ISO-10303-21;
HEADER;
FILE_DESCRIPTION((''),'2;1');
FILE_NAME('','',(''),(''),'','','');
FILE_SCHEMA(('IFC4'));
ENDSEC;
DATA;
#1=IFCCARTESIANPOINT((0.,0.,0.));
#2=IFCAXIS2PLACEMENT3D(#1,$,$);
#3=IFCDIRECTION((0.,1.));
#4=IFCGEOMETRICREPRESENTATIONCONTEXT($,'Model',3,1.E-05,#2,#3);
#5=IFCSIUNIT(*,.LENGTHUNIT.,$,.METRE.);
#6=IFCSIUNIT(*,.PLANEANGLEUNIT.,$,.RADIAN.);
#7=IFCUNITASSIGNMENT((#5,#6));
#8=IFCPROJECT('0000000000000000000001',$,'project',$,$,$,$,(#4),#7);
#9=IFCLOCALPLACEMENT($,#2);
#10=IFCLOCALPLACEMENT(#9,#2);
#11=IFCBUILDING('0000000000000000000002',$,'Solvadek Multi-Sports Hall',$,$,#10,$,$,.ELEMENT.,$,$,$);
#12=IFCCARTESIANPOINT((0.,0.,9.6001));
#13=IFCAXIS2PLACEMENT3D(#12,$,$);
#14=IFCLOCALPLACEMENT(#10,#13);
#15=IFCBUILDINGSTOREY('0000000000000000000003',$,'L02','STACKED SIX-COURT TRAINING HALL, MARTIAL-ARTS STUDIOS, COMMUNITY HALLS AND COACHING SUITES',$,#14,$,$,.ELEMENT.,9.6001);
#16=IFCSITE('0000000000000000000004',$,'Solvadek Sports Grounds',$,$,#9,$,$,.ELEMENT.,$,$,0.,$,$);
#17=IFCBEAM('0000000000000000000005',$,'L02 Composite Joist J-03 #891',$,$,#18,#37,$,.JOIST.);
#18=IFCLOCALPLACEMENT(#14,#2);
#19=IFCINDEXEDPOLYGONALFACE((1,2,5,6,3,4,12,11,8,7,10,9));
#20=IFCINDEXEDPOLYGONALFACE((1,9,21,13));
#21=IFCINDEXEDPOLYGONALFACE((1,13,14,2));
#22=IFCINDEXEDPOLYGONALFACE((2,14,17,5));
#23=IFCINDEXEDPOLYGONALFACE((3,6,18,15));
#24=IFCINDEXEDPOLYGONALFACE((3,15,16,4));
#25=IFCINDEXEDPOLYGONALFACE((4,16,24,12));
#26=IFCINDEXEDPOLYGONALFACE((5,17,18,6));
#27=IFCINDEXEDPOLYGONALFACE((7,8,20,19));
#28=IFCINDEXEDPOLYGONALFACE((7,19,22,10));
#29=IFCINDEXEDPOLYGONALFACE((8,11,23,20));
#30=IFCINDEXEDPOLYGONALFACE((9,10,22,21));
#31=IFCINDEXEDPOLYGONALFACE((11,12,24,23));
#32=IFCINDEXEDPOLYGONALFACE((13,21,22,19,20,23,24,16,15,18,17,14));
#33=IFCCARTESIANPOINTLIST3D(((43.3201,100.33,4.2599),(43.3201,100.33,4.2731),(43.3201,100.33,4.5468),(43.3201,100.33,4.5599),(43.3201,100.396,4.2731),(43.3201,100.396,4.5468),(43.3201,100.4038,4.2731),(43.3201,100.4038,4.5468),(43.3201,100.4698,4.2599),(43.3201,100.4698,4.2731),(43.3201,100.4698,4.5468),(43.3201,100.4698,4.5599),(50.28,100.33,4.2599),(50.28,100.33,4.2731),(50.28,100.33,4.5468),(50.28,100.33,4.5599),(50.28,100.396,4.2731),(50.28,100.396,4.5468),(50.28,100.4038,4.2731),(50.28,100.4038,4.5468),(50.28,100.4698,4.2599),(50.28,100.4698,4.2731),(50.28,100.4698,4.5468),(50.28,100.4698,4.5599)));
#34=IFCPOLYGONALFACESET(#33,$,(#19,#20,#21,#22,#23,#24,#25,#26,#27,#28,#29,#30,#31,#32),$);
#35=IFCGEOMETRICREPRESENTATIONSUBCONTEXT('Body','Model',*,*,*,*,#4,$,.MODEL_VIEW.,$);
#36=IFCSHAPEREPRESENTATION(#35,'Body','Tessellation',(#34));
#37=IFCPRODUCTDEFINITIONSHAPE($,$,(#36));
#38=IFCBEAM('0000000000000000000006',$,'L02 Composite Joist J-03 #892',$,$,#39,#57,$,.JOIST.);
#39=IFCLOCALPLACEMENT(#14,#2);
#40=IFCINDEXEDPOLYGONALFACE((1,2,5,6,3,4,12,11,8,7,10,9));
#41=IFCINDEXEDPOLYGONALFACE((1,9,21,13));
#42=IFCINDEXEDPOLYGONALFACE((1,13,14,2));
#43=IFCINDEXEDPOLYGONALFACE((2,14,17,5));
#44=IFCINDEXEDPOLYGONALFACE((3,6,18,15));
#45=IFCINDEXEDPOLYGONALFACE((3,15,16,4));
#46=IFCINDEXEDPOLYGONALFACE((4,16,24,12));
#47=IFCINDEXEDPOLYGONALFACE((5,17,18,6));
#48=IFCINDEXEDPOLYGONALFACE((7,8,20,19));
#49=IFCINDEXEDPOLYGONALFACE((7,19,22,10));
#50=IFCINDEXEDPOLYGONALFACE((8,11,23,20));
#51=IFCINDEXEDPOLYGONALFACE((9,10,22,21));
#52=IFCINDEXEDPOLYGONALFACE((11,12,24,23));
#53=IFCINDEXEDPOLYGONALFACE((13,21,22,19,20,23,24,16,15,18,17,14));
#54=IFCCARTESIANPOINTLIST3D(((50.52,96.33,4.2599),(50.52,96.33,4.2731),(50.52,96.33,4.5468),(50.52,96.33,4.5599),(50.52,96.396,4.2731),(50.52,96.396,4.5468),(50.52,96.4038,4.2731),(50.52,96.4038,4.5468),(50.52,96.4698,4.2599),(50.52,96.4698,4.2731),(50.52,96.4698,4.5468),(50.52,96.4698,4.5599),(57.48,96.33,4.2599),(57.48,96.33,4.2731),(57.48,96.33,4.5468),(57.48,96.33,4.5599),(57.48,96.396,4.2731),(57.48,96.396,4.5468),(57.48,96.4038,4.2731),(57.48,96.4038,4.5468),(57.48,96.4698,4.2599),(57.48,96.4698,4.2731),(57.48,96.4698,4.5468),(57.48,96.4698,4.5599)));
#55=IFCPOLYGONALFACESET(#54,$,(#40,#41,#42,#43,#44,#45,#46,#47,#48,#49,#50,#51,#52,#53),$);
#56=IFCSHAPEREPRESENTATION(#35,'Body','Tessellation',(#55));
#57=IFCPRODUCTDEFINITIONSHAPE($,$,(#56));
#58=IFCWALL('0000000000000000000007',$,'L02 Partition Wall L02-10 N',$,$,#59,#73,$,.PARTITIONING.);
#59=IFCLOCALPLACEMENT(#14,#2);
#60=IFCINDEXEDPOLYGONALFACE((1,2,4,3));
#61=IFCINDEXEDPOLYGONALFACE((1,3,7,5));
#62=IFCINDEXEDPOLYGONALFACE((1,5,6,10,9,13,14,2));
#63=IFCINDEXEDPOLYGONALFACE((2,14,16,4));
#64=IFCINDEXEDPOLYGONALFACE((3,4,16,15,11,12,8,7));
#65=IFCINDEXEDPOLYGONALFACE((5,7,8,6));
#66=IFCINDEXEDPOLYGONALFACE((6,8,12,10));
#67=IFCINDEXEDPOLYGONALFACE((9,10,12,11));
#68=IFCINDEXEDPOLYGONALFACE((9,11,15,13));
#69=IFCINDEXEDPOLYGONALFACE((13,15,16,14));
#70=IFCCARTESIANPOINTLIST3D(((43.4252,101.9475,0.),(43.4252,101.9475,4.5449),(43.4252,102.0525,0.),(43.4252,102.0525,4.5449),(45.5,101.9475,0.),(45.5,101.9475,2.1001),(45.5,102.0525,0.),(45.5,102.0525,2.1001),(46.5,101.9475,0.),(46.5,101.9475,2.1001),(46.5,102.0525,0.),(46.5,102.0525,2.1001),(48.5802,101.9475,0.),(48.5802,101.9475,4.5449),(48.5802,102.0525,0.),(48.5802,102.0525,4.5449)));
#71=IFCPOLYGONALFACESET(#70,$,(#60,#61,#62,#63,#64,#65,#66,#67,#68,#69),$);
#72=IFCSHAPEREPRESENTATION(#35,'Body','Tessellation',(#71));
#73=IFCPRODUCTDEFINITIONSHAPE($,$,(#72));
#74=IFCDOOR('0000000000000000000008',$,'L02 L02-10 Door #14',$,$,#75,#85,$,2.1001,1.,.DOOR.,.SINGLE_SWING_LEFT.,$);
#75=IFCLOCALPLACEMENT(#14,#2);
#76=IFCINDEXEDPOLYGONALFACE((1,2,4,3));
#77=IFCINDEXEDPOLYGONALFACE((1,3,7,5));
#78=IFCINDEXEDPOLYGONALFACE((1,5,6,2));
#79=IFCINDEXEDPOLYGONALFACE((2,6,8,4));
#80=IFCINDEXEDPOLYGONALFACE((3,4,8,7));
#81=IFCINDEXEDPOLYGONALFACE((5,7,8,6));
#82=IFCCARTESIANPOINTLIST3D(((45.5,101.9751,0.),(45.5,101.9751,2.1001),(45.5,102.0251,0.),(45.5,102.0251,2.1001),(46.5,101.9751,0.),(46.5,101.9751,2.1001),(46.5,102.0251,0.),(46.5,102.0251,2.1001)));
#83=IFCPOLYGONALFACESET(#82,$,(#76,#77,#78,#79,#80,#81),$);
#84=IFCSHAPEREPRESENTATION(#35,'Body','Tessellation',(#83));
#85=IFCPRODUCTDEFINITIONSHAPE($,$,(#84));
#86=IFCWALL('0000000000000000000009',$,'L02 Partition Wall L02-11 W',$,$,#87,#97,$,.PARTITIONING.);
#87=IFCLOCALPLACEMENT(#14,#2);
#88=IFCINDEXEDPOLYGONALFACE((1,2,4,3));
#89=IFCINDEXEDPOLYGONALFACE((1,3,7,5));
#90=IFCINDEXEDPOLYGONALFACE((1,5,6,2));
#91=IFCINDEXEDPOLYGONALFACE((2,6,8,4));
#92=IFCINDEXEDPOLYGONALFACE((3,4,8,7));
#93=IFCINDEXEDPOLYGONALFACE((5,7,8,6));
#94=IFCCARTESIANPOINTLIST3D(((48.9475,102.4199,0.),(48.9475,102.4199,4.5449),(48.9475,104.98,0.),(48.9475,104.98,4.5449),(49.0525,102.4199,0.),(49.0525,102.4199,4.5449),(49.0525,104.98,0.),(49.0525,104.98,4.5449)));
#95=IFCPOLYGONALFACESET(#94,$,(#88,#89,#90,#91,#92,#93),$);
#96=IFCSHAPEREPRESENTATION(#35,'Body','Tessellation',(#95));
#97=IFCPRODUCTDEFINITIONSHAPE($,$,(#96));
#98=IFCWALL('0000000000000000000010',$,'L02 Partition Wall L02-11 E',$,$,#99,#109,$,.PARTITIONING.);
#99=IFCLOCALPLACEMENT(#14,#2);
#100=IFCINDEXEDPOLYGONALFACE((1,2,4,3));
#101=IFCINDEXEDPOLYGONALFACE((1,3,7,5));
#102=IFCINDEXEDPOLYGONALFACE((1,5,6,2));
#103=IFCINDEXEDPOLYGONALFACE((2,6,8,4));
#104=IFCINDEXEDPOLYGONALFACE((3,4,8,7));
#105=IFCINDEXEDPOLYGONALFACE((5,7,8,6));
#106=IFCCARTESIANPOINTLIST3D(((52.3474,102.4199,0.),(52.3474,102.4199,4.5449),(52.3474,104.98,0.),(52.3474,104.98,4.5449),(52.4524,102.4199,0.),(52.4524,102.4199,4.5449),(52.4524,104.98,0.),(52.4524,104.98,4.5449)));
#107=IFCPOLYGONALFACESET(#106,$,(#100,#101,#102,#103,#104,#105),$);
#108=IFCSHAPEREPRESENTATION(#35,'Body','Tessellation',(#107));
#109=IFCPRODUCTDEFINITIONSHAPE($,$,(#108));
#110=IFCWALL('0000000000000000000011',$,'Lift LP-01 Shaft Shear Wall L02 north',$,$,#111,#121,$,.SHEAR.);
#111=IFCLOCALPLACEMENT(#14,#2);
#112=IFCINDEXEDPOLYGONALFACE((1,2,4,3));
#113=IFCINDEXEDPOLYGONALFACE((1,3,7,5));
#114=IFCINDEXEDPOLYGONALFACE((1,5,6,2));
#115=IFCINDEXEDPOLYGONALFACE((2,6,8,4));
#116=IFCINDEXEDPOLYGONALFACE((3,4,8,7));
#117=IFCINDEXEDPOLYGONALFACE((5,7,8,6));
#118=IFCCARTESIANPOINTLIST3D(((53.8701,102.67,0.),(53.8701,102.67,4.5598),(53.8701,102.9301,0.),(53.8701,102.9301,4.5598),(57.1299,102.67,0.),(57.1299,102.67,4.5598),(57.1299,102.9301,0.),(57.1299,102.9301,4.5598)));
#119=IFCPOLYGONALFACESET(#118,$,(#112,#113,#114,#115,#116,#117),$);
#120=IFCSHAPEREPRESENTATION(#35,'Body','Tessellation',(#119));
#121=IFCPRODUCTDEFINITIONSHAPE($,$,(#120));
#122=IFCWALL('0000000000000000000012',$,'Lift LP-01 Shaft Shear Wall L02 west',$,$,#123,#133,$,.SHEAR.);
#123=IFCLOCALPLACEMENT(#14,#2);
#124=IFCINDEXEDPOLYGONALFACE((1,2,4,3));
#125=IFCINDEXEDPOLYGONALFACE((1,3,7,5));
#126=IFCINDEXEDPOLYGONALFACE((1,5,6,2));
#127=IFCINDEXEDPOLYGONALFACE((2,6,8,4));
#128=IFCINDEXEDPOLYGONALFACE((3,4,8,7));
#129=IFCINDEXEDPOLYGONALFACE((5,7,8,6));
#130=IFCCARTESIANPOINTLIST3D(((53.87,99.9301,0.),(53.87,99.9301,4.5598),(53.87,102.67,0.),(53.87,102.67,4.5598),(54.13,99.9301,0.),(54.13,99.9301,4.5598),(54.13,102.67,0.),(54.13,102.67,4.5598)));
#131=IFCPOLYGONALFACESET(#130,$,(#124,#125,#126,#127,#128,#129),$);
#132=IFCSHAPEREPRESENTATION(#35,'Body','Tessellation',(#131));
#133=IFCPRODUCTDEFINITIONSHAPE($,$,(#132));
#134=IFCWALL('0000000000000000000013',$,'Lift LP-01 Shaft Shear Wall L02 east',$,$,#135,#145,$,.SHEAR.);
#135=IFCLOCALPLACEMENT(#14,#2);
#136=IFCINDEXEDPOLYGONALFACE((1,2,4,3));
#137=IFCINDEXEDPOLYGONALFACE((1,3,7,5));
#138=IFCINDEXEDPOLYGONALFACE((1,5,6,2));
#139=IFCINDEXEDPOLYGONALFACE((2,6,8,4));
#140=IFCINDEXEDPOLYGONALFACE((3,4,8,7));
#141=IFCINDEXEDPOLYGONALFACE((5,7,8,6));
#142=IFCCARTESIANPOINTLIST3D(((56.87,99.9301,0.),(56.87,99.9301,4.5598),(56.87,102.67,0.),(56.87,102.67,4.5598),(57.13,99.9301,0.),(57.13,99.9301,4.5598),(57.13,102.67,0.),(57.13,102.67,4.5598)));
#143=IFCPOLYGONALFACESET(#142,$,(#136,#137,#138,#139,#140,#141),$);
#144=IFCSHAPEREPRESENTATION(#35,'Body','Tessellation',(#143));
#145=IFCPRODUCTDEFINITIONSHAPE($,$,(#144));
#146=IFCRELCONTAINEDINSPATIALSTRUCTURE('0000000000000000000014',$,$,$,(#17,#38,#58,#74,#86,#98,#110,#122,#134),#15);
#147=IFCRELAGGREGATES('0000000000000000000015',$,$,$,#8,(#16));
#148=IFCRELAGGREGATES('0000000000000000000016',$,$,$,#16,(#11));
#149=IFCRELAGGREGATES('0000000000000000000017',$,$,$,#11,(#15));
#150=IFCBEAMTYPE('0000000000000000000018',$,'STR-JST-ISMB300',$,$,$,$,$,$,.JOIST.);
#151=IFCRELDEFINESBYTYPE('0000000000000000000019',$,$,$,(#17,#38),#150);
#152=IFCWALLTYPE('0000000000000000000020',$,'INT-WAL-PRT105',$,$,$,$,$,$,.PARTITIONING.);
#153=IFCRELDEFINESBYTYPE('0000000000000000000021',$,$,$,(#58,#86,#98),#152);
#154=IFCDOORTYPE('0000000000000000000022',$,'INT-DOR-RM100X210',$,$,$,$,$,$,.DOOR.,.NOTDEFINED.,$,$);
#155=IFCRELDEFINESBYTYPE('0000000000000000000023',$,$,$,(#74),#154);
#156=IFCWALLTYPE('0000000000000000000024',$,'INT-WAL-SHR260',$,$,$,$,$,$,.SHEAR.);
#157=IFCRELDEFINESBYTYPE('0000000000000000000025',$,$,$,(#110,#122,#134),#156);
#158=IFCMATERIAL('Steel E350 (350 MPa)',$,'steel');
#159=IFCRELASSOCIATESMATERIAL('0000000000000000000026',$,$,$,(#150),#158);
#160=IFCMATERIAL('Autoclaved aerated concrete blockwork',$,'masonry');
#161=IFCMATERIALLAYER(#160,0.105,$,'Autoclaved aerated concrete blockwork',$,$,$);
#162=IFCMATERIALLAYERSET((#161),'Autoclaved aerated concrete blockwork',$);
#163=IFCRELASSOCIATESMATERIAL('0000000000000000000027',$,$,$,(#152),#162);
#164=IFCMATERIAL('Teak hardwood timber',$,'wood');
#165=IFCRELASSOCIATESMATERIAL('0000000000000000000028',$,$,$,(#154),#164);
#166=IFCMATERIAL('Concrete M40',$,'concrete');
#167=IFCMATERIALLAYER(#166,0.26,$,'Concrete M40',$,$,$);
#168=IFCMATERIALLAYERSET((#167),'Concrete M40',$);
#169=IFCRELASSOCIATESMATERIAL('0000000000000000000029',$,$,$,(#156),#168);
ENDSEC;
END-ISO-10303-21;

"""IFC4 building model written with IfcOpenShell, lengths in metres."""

from ifc_helpers import new_model, si_unit, direction, frame, frame_2d, origin, origin_2d, place, context, subcontext, project, spatial, rectangle, i_section, extrude, material, layer, layer_set, material_profile, profile_set, type_object, element, fill, save


model = new_model("IFC4")

# Units and contexts
model_context = context("Model", 3, precision=1e-05, world=origin(), true_north=direction((0.0, 1.0)))
body_context = subcontext(model_context, "Body", "Model", "MODEL_VIEW")
ifc_project = project(units=[si_unit("LENGTHUNIT", "METRE"), si_unit("PLANEANGLEUNIT", "RADIAN")], contexts=[model_context])

# Site, building, storey
site_placement = place(None, origin())
site = spatial("IfcSite", under=ifc_project, at=site_placement, Name="Solvadek Sports Grounds", CompositionType="ELEMENT", RefElevation=0.0)
building_placement = place(site_placement, origin())
building = spatial("IfcBuilding", under=site, at=building_placement, Name="Solvadek Multi-Sports Hall", CompositionType="ELEMENT")
storey_placement = place(building_placement, frame((0.0, 0.0, 9.6001)))
storey = spatial("IfcBuildingStorey", under=building, at=storey_placement, Name="L02", Description="STACKED SIX-COURT TRAINING HALL, MARTIAL-ARTS STUDIOS, COMMUNITY HALLS AND COACHING SUITES", CompositionType="ELEMENT", Elevation=9.6001)

# Shared definitions
ifc_material_1 = material(Name="Steel E350 (350 MPa)", Category="steel")

# Beams
ifc_material_profile_1 = material_profile(ifc_material_1, i_section(OverallWidth=0.1399, OverallDepth=0.3, WebThickness=0.0078, FlangeThickness=0.0132, at=origin_2d()), Name="ISMB 300")
ifc_profile_set_1 = profile_set([ifc_material_profile_1], Name="Steel E350 (350 MPa)")
beam_type_1 = type_object("IfcBeamType", Name="STR-JST-ISMB300", PredefinedType="JOIST", material=ifc_profile_set_1)
for number, where, z_axis, x_axis, name in (
    (1, (43.3201, 100.3999, 4.4099), (1.0, 0.0, 0.0), (0.0, 1.0, 0.0), "L02 Composite Joist J-03 #891"),
    (2, (50.52, 96.3999, 4.4099), (1.0, 0.0, 0.0), (0.0, 1.0, 0.0), "L02 Composite Joist J-03 #892"),
):
    element("IfcBeam", number, at=place(storey_placement, frame(where, z_axis=z_axis, x_axis=x_axis)), inside=storey, type_object=beam_type_1, Name=name, PredefinedType="JOIST", context=body_context, shape_type="SweptSolid", body=[
        extrude(i_section(OverallWidth=0.1399, OverallDepth=0.3, WebThickness=0.0078, FlangeThickness=0.0132, at=origin_2d()), origin(), (0.0, 0.0, 1.0), 6.96),
    ])

# Wall, opening, door
ifc_material_2 = material(Name="Autoclaved aerated concrete blockwork", Category="masonry")
ifc_layer_1 = layer(ifc_material_2, 0.105, Name="Autoclaved aerated concrete blockwork")
ifc_layer_set_1 = layer_set([ifc_layer_1], Name="Autoclaved aerated concrete blockwork")
wall_type_1 = type_object("IfcWallType", Name="INT-WAL-PRT105", PredefinedType="PARTITIONING", material=ifc_layer_set_1)
wall_1_placement = place(storey_placement, frame((43.425, 102.0, 0.0), z_axis=(0.0, 0.0, 1.0), x_axis=(1.0, 0.0, 0.0)))
wall_1 = element("IfcWall", 3, at=wall_1_placement, inside=storey, type_object=wall_type_1, Name="L02 Partition Wall L02-10 N", PredefinedType="PARTITIONING", context=body_context, shape_type="SweptSolid", body=[
    extrude(rectangle(XDim=5.155, YDim=0.105, at=frame_2d((2.5776, 0.0))), origin(), (0.0, 0.0, 1.0), 4.5449),
])
opening_1_placement = place(wall_1_placement, frame((2.075, 0.0, 0.0)))
opening_1 = element("IfcOpeningElement", 4, at=opening_1_placement, cuts=wall_1, PredefinedType="OPENING", context=body_context, shape_type="SweptSolid", body=[
    extrude(rectangle(XDim=1.0, YDim=2.1001, at=frame_2d((0.5, 1.05))), frame((0.0, 0.0625, 0.0), z_axis=(0.0, -1.0, 0.0), x_axis=(1.0, 0.0, 0.0)), (0.0, 0.0, 1.0), 0.125),
])
ifc_material_3 = material(Name="Teak hardwood timber", Category="wood")
door_type_1 = type_object("IfcDoorType", Name="INT-DOR-RM100X210", OperationType="NOTDEFINED", PredefinedType="DOOR", material=ifc_material_3)
door_1_placement = place(opening_1_placement, frame((1.0, 0.0, 0.0), z_axis=(0.0, 0.0, 1.0), x_axis=(-1.0, 0.0, 0.0)))
door_1 = element("IfcDoor", 5, at=door_1_placement, inside=storey, type_object=door_type_1, Name="L02 L02-10 Door #14", OperationType="SINGLE_SWING_LEFT", OverallHeight=2.1001, OverallWidth=1.0, PredefinedType="DOOR", context=body_context, shape_type="SweptSolid", body=[
    extrude(rectangle(XDim=1.0, YDim=2.1001, at=frame_2d((0.5, 1.05))), frame((0.0, 0.0249, 0.0), z_axis=(0.0, -1.0, 0.0), x_axis=(1.0, 0.0, 0.0)), (0.0, 0.0, 1.0), 0.05),
])
fill(opening_1, door_1)

# Walls
for number, where, z_axis, x_axis, name in (
    (6, (49.0, 102.4199, 0.0), (0.0, 0.0, 1.0), (0.0, 1.0, 0.0), "L02 Partition Wall L02-11 W"),
    (7, (52.3999, 102.4199, 0.0), (0.0, 0.0, 1.0), (0.0, 1.0, 0.0), "L02 Partition Wall L02-11 E"),
):
    element("IfcWall", number, at=place(storey_placement, frame(where, z_axis=z_axis, x_axis=x_axis)), inside=storey, type_object=wall_type_1, Name=name, PredefinedType="PARTITIONING", context=body_context, shape_type="SweptSolid", body=[
        extrude(rectangle(XDim=2.5601, YDim=0.105, at=frame_2d((1.28, 0.0))), origin(), (0.0, 0.0, 1.0), 4.5449),
    ])

# Shared definitions
ifc_material_4 = material(Name="Concrete M40", Category="concrete")
ifc_layer_2 = layer(ifc_material_4, 0.26, Name="Concrete M40")
ifc_layer_set_2 = layer_set([ifc_layer_2], Name="Concrete M40")
wall_type_2 = type_object("IfcWallType", Name="INT-WAL-SHR260", PredefinedType="SHEAR", material=ifc_layer_set_2)

# Walls
wall_2_placement = place(storey_placement, frame((53.8701, 102.8, 0.0), z_axis=(0.0, 0.0, 1.0), x_axis=(1.0, 0.0, 0.0)))
element("IfcWall", 8, at=wall_2_placement, inside=storey, type_object=wall_type_2, Name="Lift LP-01 Shaft Shear Wall L02 north", PredefinedType="SHEAR", context=body_context, shape_type="SweptSolid", body=[
    extrude(rectangle(XDim=3.2598, YDim=0.26, at=frame_2d((1.6299, 0.0))), origin(), (0.0, 0.0, 1.0), 4.5598),
])
for number, where, z_axis, x_axis, name in (
    (9, (54.0, 99.9299, 0.0), (0.0, 0.0, 1.0), (0.0, 1.0, 0.0), "Lift LP-01 Shaft Shear Wall L02 west"),
    (10, (57.0, 99.9299, 0.0), (0.0, 0.0, 1.0), (0.0, 1.0, 0.0), "Lift LP-01 Shaft Shear Wall L02 east"),
):
    element("IfcWall", number, at=place(storey_placement, frame(where, z_axis=z_axis, x_axis=x_axis)), inside=storey, type_object=wall_type_2, Name=name, PredefinedType="SHEAR", context=body_context, shape_type="SweptSolid", body=[
        extrude(rectangle(XDim=2.74, YDim=0.26, at=frame_2d((1.3701, 0.0))), origin(), (0.0, 0.0, 1.0), 4.5598),
    ])

save(model, "model.ifc")
